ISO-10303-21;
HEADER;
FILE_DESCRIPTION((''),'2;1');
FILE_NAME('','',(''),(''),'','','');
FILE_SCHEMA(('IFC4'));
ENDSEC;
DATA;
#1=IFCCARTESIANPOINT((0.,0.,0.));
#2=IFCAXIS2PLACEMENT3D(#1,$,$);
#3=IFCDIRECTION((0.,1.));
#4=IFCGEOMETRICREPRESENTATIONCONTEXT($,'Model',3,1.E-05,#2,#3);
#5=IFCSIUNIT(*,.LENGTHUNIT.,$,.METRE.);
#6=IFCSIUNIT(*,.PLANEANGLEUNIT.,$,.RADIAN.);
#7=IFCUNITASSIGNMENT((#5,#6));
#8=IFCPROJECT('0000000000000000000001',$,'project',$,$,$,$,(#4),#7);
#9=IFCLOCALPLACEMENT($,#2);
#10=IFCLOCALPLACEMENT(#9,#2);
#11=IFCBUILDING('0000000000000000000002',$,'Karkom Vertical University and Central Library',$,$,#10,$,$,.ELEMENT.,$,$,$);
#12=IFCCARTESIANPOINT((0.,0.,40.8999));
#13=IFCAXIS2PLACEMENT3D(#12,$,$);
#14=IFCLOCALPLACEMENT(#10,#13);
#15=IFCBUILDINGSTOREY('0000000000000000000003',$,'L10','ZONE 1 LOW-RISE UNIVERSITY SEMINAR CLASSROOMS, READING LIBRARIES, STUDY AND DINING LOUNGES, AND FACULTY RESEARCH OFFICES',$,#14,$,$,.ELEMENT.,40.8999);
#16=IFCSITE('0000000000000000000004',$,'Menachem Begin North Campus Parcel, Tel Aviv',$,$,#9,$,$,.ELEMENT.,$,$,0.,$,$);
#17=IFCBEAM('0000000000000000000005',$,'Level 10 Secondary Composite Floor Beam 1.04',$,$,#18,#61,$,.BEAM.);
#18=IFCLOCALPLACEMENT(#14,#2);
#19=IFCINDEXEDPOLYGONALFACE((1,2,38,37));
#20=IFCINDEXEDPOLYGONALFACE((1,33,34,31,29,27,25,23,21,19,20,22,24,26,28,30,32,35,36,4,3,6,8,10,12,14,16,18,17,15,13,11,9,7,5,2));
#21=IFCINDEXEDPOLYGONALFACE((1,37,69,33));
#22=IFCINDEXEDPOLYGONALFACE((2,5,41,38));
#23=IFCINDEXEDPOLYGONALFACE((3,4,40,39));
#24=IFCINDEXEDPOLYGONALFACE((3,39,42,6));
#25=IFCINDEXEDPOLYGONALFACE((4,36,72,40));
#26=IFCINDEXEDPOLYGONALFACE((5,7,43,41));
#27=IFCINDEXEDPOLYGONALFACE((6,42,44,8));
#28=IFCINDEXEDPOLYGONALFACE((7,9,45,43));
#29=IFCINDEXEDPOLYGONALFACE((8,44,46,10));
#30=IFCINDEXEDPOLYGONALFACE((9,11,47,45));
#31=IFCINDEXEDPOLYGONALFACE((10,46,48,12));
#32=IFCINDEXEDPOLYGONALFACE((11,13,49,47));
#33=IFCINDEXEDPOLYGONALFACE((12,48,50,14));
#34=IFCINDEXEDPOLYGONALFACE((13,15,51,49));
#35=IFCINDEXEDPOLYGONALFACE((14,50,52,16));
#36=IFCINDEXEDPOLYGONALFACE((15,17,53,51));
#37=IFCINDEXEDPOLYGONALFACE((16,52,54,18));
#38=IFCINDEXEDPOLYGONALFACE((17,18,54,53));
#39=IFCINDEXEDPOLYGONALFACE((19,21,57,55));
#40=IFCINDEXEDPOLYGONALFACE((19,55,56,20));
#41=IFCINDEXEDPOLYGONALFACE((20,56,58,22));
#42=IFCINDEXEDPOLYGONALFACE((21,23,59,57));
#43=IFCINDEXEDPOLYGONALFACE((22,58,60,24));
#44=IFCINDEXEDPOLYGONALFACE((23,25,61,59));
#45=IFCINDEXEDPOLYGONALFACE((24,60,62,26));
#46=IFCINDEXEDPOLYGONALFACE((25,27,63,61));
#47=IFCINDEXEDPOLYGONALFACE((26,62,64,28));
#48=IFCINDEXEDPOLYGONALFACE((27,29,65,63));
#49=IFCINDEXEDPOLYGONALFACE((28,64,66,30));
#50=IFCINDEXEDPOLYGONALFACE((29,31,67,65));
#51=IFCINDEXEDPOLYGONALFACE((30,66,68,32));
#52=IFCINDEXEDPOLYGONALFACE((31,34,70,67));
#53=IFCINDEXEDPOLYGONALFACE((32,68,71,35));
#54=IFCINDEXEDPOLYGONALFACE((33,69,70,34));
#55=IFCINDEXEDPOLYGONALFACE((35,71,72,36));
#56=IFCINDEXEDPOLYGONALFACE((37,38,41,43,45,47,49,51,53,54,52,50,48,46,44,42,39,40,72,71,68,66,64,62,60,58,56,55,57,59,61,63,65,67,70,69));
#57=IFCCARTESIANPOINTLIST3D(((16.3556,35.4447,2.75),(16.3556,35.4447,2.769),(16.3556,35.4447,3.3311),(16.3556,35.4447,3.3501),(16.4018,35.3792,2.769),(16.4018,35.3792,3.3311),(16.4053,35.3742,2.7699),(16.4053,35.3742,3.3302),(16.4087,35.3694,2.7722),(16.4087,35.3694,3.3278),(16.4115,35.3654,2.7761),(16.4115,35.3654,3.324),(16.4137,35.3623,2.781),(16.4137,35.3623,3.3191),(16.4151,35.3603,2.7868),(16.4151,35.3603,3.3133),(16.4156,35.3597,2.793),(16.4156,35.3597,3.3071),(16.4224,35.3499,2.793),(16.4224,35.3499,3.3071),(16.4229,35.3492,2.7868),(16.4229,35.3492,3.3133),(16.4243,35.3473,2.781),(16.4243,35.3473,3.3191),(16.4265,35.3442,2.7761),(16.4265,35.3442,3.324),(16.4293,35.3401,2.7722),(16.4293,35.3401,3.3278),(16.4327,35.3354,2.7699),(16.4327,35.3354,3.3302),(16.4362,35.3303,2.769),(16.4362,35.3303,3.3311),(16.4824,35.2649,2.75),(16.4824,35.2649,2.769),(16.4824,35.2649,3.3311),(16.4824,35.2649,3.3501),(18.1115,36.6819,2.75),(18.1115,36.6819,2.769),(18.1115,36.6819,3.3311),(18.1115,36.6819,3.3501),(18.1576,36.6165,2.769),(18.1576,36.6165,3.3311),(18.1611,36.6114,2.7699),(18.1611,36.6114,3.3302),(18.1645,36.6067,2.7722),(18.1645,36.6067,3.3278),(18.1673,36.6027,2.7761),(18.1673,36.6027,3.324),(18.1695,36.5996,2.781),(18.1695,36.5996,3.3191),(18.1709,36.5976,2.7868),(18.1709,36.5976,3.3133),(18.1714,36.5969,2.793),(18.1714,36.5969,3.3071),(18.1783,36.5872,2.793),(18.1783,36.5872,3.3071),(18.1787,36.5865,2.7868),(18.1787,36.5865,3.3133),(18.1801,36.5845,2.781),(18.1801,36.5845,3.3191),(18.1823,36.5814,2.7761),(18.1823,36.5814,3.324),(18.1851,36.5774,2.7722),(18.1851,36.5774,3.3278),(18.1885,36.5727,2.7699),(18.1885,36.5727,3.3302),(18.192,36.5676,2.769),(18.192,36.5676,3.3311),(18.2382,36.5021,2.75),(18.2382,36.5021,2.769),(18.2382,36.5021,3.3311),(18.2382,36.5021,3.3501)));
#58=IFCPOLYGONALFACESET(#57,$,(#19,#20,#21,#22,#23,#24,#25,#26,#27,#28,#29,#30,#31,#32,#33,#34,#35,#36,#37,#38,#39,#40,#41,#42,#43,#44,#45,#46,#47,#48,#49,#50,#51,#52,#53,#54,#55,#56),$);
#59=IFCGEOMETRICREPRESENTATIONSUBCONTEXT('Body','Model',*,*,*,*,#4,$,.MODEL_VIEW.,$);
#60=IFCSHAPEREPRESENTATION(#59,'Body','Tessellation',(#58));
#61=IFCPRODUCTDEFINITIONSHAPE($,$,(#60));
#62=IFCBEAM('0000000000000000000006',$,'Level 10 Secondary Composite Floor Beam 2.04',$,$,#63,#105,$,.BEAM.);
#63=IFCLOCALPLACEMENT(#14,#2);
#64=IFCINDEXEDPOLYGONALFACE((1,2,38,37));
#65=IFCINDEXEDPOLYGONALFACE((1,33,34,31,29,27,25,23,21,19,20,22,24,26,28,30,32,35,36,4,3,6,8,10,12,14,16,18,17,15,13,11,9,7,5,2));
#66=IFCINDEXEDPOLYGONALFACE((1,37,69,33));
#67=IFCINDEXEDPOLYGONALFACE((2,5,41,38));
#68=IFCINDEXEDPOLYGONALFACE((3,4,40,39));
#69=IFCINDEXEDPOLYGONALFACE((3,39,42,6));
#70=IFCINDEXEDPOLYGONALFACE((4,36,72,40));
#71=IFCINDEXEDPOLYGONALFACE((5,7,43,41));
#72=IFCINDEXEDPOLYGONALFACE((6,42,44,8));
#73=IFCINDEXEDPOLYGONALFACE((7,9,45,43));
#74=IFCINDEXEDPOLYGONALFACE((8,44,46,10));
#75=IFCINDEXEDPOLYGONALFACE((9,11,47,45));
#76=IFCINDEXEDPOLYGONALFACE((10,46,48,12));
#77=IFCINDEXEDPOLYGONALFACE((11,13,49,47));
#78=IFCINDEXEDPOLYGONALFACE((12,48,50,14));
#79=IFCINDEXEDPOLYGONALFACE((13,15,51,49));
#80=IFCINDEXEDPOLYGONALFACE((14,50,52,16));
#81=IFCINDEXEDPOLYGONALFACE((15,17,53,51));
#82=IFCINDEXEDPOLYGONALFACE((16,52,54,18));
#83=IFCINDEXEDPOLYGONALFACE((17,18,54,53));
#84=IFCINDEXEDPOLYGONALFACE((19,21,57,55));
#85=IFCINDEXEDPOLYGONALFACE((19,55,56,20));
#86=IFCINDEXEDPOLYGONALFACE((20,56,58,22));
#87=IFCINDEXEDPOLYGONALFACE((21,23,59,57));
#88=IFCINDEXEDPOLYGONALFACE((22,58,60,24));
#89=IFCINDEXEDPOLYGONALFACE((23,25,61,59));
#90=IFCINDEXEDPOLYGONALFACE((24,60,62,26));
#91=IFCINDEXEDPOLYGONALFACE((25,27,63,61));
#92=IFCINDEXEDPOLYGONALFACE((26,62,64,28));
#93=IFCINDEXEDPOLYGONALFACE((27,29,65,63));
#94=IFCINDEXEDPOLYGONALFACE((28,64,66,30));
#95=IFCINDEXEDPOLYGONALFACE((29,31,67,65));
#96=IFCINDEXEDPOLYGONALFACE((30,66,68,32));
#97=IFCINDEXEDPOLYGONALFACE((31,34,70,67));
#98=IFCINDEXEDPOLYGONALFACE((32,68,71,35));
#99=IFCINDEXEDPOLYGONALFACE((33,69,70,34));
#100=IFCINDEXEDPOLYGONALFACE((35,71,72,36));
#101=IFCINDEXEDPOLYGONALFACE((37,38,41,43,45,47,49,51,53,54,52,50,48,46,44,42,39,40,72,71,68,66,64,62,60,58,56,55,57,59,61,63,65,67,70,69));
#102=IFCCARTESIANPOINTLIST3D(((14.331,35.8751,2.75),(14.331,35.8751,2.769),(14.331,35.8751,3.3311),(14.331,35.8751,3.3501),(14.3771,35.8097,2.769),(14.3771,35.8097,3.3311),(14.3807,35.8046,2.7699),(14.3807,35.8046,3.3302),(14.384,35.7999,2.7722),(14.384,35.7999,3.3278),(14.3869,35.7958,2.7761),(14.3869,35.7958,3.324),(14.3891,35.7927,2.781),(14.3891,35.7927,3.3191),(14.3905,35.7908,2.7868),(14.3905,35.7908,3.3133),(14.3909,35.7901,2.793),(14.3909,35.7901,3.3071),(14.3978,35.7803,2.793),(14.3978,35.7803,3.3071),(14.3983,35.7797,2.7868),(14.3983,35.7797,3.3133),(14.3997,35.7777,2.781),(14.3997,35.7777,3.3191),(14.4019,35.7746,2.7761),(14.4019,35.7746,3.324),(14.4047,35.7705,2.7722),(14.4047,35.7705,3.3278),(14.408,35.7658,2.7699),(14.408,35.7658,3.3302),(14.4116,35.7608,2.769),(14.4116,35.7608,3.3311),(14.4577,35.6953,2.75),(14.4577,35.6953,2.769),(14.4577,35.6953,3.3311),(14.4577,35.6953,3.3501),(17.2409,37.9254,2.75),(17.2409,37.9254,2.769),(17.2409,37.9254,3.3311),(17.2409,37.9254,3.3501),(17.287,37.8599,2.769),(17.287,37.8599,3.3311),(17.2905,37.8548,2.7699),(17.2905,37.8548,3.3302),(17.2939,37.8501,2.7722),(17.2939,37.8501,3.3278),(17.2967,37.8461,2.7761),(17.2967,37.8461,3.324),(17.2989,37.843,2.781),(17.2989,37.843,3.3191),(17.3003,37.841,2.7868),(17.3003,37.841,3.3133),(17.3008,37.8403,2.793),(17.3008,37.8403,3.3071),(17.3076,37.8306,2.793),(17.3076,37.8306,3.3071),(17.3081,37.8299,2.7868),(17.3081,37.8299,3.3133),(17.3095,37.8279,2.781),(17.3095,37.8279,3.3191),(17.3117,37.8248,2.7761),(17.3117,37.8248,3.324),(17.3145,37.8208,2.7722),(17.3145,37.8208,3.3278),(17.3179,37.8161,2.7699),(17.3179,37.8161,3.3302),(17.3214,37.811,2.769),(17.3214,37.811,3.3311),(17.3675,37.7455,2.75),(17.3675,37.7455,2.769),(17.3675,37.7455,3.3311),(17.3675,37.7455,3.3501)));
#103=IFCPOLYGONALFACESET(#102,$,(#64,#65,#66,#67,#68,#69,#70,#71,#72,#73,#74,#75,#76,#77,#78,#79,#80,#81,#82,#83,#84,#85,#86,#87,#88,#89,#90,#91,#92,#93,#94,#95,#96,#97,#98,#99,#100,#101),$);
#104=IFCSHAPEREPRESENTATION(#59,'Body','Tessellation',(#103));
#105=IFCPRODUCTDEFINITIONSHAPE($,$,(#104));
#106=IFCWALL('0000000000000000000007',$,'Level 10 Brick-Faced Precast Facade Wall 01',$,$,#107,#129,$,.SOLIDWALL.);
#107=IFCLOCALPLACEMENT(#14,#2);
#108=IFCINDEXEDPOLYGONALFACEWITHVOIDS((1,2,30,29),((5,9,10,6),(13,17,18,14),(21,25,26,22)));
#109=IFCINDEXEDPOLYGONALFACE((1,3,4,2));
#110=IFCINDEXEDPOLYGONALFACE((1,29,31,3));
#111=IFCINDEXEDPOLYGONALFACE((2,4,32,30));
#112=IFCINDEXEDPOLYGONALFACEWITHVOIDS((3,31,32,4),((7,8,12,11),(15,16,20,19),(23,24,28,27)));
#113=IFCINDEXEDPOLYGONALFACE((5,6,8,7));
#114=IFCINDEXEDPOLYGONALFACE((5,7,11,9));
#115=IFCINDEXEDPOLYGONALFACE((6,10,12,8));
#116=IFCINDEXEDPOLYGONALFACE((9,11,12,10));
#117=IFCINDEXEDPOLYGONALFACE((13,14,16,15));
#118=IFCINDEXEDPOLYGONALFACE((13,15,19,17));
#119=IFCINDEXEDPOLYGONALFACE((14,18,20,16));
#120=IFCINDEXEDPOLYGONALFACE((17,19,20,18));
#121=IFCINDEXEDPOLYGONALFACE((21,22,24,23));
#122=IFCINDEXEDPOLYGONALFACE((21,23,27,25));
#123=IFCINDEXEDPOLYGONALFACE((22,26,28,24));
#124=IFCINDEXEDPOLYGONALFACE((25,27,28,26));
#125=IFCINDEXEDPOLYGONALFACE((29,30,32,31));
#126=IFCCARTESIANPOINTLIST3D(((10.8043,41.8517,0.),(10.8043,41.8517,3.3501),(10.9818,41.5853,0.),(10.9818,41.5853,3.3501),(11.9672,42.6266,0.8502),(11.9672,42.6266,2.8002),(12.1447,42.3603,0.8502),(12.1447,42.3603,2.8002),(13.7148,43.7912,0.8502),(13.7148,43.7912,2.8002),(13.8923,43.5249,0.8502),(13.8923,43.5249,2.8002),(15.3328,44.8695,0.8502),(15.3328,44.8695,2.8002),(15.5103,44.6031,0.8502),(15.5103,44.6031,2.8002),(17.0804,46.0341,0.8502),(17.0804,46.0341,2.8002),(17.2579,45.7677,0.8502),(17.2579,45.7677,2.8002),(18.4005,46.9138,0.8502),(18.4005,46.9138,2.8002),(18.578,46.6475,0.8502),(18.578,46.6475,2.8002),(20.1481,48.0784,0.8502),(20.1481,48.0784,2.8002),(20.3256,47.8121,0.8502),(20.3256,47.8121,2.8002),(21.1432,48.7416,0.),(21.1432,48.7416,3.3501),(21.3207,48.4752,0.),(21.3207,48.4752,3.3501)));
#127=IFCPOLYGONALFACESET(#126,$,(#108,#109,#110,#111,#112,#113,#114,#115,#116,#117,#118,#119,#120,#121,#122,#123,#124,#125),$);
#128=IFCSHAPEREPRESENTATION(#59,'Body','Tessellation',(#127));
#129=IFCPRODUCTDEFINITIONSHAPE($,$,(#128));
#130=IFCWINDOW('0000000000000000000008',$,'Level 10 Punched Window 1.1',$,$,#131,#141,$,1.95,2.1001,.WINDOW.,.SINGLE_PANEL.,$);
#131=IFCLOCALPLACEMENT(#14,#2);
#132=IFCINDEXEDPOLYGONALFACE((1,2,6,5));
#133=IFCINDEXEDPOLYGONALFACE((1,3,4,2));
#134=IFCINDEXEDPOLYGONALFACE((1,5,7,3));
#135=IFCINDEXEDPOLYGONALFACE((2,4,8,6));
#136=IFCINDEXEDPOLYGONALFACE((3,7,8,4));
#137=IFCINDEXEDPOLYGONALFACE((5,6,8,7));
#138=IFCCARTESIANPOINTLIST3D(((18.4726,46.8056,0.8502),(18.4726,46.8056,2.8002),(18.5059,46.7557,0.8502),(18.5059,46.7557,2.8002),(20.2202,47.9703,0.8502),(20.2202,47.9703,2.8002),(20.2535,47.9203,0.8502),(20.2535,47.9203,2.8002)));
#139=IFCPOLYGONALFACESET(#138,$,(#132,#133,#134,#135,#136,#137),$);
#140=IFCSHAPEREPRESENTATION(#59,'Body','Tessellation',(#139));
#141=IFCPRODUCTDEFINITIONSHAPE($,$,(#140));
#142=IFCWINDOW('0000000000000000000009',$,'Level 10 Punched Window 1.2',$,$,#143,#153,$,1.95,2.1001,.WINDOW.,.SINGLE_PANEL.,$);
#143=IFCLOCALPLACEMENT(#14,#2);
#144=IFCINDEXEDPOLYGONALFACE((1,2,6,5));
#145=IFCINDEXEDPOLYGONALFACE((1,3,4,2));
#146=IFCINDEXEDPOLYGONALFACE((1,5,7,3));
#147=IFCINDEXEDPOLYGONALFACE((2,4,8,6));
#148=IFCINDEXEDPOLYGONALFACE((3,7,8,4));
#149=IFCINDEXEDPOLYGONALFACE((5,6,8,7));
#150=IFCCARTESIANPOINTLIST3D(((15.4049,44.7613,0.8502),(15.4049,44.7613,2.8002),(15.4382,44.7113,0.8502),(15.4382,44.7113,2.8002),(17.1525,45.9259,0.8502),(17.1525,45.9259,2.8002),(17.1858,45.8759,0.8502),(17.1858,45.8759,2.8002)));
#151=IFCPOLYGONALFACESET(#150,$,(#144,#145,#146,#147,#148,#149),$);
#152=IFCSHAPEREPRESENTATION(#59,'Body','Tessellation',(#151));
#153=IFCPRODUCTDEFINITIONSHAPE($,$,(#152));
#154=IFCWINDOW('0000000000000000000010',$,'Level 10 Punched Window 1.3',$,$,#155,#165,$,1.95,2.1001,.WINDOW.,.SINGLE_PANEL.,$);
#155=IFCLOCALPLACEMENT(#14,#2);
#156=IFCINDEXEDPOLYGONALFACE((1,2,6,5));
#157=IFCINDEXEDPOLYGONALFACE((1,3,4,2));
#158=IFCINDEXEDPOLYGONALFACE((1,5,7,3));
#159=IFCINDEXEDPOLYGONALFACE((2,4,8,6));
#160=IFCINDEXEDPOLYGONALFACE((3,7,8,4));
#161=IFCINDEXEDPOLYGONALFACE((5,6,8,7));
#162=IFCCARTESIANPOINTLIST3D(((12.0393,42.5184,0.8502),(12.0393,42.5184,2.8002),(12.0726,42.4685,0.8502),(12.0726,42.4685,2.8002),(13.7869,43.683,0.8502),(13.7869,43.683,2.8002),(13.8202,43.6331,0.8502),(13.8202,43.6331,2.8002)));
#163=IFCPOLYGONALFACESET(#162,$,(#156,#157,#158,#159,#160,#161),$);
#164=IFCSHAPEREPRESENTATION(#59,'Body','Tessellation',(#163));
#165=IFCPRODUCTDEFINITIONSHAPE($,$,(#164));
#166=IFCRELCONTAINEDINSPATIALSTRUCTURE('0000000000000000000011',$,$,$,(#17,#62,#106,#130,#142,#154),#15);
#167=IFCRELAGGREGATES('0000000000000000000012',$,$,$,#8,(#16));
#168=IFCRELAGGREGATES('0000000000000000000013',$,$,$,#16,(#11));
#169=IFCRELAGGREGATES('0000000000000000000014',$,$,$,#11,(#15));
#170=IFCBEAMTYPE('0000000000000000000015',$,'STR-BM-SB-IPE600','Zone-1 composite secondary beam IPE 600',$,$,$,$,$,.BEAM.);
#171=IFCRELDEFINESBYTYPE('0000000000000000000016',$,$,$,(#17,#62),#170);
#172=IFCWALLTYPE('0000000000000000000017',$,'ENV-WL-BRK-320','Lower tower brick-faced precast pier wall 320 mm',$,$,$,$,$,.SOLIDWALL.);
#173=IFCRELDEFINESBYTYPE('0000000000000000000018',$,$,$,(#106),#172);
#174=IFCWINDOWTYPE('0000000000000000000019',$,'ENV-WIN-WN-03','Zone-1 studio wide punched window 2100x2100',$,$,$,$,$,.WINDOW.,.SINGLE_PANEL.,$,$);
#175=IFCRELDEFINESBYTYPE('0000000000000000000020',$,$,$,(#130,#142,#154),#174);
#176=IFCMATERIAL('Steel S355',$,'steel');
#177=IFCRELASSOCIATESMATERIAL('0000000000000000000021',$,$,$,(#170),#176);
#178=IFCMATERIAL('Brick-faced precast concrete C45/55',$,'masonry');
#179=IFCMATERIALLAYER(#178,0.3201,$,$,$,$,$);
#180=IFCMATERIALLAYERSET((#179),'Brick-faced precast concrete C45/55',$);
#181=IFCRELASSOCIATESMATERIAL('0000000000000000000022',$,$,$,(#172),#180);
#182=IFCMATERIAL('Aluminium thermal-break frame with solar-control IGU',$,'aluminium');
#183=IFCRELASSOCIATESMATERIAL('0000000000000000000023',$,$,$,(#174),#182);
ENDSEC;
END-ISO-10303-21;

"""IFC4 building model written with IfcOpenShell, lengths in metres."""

from ifc_helpers import new_model, si_unit, direction, frame, frame_2d, origin, origin_with_axes, origin_2d, place, context, subcontext, project, spatial, rectangle, i_section, extrude, source, transform, mapped, material, layer, layer_set, material_profile, profile_set, type_object, element, fill, save


model = new_model("IFC4")

# Units and contexts
model_context = context("Model", 3, precision=1e-05, world=origin(), true_north=direction((0.0, 1.0)))
body_context = subcontext(model_context, "Body", "Model", "MODEL_VIEW")
ifc_project = project(units=[si_unit("LENGTHUNIT", "METRE"), si_unit("PLANEANGLEUNIT", "RADIAN")], contexts=[model_context])

# Site, building, storey
site_placement = place(None, origin())
site = spatial("IfcSite", under=ifc_project, at=site_placement, Name="Menachem Begin North Campus Parcel, Tel Aviv", CompositionType="ELEMENT", RefElevation=0.0)
building_placement = place(site_placement, origin())
building = spatial("IfcBuilding", under=site, at=building_placement, Name="Karkom Vertical University and Central Library", CompositionType="ELEMENT")
storey_placement = place(building_placement, frame((0.0, 0.0, 40.8999)))
storey = spatial("IfcBuildingStorey", under=building, at=storey_placement, Name="L10", Description="ZONE 1 LOW-RISE UNIVERSITY SEMINAR CLASSROOMS, READING LIBRARIES, STUDY AND DINING LOUNGES, AND FACULTY RESEARCH OFFICES", CompositionType="ELEMENT", Elevation=40.8999)

# Beams
ifc_material_1 = material(Name="Steel S355", Category="steel")
ifc_material_profile = material_profile(ifc_material_1, i_section(OverallWidth=0.22, OverallDepth=0.6001, WebThickness=0.012, FlangeThickness=0.019, FilletRadius=0.0239, at=origin_2d()), Name="IPE 600")
ifc_profile_set = profile_set([ifc_material_profile], Name="Steel S355")
beam_type = type_object("IfcBeamType", Name="STR-BM-SB-IPE600", Description="Zone-1 composite secondary beam IPE 600", PredefinedType="BEAM", material=ifc_profile_set)
shared_shape_1 = source(origin_with_axes(), body_context, "Body", "SweptSolid", [
    extrude(i_section(OverallWidth=0.22, OverallDepth=0.6001, WebThickness=0.012, FlangeThickness=0.019, FilletRadius=0.0239, at=origin_2d()), origin(), (0.0, 0.0, 1.0), 2.1479),
])
beam_1_placement = place(storey_placement, frame((18.1748, 36.592, 3.05), z_axis=(-0.817434, -0.576023, 0.0), x_axis=(0.576023, -0.817434, 0.0)))
element("IfcBeam", 1, at=beam_1_placement, inside=storey, type_object=beam_type, Name="Level 10 Secondary Composite Floor Beam 1.04", PredefinedType="BEAM", context=body_context, shape_type="MappedRepresentation", body=[
    mapped(shared_shape_1, transform((0.0, 0.0, 0.0), scale=1.0)),
])
shared_shape_2 = source(origin_with_axes(), body_context, "Body", "SweptSolid", [
    extrude(i_section(OverallWidth=0.22, OverallDepth=0.6001, WebThickness=0.012, FlangeThickness=0.019, FilletRadius=0.0239, at=origin_2d()), origin(), (0.0, 0.0, 1.0), 3.5596),
])
beam_2_placement = place(storey_placement, frame((17.3042, 37.8354, 3.05), z_axis=(-0.817466, -0.575977, 0.0), x_axis=(0.575977, -0.817466, 0.0)))
element("IfcBeam", 2, at=beam_2_placement, inside=storey, type_object=beam_type, Name="Level 10 Secondary Composite Floor Beam 2.04", PredefinedType="BEAM", context=body_context, shape_type="MappedRepresentation", body=[
    mapped(shared_shape_2, transform((0.0, 0.0, 0.0), scale=1.0)),
])

# Wall, openings, windows
ifc_material_2 = material(Name="Brick-faced precast concrete C45/55", Category="masonry")
ifc_layer_1 = layer(ifc_material_2, 0.3201)
ifc_layer_set_1 = layer_set([ifc_layer_1], Name="Brick-faced precast concrete C45/55")
wall_type_1 = type_object("IfcWallType", Name="ENV-WL-BRK-320", Description="Lower tower brick-faced precast pier wall 320 mm", PredefinedType="SOLIDWALL", material=ifc_layer_set_1)
wall_1_placement = place(storey_placement, frame((21.2319, 48.6084, 0.0), z_axis=(0.0, 0.0, 1.0), x_axis=(-0.83215, -0.554551, 0.0)))
wall_1 = element("IfcWall", 3, at=wall_1_placement, inside=storey, type_object=wall_type_1, Name="Level 10 Brick-Faced Precast Facade Wall 01", PredefinedType="SOLIDWALL", context=body_context, shape_type="SweptSolid", body=[
    extrude(rectangle(XDim=12.4243, YDim=0.3201, at=frame_2d((6.2122, 0.0))), origin(), (0.0, 0.0, 1.0), 3.3501),
])
opening_1_placement = place(wall_1_placement, frame((1.1958, 0.0, 0.8501)))
opening_1 = element("IfcOpeningElement", 4, at=opening_1_placement, cuts=wall_1, PredefinedType="OPENING", context=body_context, shape_type="SweptSolid", body=[
    extrude(rectangle(XDim=2.1001, YDim=1.95, at=frame_2d((1.05, 0.9751))), frame((0.0, 0.1699, 0.0), z_axis=(0.0, -1.0, 0.0), x_axis=(1.0, 0.0, 0.0)), (0.0, 0.0, 1.0), 0.3401),
])
opening_2_placement = place(wall_1_placement, frame((4.8823, 0.0, 0.8501)))
opening_2 = element("IfcOpeningElement", 5, at=opening_2_placement, cuts=wall_1, PredefinedType="OPENING", context=body_context, shape_type="SweptSolid", body=[
    extrude(rectangle(XDim=2.1001, YDim=1.95, at=frame_2d((1.05, 0.9751))), frame((0.0, 0.1699, 0.0), z_axis=(0.0, -1.0, 0.0), x_axis=(1.0, 0.0, 0.0)), (0.0, 0.0, 1.0), 0.3401),
])
opening_3_placement = place(wall_1_placement, frame((8.9268, 0.0, 0.8501)))
opening_3 = element("IfcOpeningElement", 6, at=opening_3_placement, cuts=wall_1, PredefinedType="OPENING", context=body_context, shape_type="SweptSolid", body=[
    extrude(rectangle(XDim=2.1001, YDim=1.95, at=frame_2d((1.05, 0.9751))), frame((0.0, 0.1699, 0.0), z_axis=(0.0, -1.0, 0.0), x_axis=(1.0, 0.0, 0.0)), (0.0, 0.0, 1.0), 0.3401),
])
ifc_material_3 = material(Name="Aluminium thermal-break frame with solar-control IGU", Category="aluminium")
window_type = type_object("IfcWindowType", Name="ENV-WIN-WN-03", Description="Zone-1 studio wide punched window 2100x2100", PartitioningType="SINGLE_PANEL", PredefinedType="WINDOW", material=ifc_material_3)
shared_shape_3 = source(origin_with_axes(), body_context, "Body", "SweptSolid", [
    extrude(rectangle(XDim=2.1001, YDim=1.95, at=frame_2d((1.05, 0.9751))), frame((0.0, 0.03, 0.0), z_axis=(0.0, -1.0, 0.0), x_axis=(1.0, 0.0, 0.0)), (0.0, 0.0, 1.0), 0.0601),
])
window_1_placement = place(opening_1_placement, origin())
window_1 = element("IfcWindow", 7, at=window_1_placement, inside=storey, type_object=window_type, Name="Level 10 Punched Window 1.1", OverallHeight=1.95, OverallWidth=2.1001, PartitioningType="SINGLE_PANEL", PredefinedType="WINDOW", context=body_context, shape_type="MappedRepresentation", body=[
    mapped(shared_shape_3, transform((0.0, 0.0, 0.0), scale=1.0)),
])
fill(opening_1, window_1)
window_2_placement = place(opening_2_placement, origin())
window_2 = element("IfcWindow", 8, at=window_2_placement, inside=storey, type_object=window_type, Name="Level 10 Punched Window 1.2", OverallHeight=1.95, OverallWidth=2.1001, PartitioningType="SINGLE_PANEL", PredefinedType="WINDOW", context=body_context, shape_type="MappedRepresentation", body=[
    mapped(shared_shape_3, transform((0.0, 0.0, 0.0), scale=1.0)),
])
fill(opening_2, window_2)
window_3_placement = place(opening_3_placement, origin())
window_3 = element("IfcWindow", 9, at=window_3_placement, inside=storey, type_object=window_type, Name="Level 10 Punched Window 1.3", OverallHeight=1.95, OverallWidth=2.1001, PartitioningType="SINGLE_PANEL", PredefinedType="WINDOW", context=body_context, shape_type="MappedRepresentation", body=[
    mapped(shared_shape_3, transform((0.0, 0.0, 0.0), scale=1.0)),
])
fill(opening_3, window_3)

save(model, "model.ifc")
